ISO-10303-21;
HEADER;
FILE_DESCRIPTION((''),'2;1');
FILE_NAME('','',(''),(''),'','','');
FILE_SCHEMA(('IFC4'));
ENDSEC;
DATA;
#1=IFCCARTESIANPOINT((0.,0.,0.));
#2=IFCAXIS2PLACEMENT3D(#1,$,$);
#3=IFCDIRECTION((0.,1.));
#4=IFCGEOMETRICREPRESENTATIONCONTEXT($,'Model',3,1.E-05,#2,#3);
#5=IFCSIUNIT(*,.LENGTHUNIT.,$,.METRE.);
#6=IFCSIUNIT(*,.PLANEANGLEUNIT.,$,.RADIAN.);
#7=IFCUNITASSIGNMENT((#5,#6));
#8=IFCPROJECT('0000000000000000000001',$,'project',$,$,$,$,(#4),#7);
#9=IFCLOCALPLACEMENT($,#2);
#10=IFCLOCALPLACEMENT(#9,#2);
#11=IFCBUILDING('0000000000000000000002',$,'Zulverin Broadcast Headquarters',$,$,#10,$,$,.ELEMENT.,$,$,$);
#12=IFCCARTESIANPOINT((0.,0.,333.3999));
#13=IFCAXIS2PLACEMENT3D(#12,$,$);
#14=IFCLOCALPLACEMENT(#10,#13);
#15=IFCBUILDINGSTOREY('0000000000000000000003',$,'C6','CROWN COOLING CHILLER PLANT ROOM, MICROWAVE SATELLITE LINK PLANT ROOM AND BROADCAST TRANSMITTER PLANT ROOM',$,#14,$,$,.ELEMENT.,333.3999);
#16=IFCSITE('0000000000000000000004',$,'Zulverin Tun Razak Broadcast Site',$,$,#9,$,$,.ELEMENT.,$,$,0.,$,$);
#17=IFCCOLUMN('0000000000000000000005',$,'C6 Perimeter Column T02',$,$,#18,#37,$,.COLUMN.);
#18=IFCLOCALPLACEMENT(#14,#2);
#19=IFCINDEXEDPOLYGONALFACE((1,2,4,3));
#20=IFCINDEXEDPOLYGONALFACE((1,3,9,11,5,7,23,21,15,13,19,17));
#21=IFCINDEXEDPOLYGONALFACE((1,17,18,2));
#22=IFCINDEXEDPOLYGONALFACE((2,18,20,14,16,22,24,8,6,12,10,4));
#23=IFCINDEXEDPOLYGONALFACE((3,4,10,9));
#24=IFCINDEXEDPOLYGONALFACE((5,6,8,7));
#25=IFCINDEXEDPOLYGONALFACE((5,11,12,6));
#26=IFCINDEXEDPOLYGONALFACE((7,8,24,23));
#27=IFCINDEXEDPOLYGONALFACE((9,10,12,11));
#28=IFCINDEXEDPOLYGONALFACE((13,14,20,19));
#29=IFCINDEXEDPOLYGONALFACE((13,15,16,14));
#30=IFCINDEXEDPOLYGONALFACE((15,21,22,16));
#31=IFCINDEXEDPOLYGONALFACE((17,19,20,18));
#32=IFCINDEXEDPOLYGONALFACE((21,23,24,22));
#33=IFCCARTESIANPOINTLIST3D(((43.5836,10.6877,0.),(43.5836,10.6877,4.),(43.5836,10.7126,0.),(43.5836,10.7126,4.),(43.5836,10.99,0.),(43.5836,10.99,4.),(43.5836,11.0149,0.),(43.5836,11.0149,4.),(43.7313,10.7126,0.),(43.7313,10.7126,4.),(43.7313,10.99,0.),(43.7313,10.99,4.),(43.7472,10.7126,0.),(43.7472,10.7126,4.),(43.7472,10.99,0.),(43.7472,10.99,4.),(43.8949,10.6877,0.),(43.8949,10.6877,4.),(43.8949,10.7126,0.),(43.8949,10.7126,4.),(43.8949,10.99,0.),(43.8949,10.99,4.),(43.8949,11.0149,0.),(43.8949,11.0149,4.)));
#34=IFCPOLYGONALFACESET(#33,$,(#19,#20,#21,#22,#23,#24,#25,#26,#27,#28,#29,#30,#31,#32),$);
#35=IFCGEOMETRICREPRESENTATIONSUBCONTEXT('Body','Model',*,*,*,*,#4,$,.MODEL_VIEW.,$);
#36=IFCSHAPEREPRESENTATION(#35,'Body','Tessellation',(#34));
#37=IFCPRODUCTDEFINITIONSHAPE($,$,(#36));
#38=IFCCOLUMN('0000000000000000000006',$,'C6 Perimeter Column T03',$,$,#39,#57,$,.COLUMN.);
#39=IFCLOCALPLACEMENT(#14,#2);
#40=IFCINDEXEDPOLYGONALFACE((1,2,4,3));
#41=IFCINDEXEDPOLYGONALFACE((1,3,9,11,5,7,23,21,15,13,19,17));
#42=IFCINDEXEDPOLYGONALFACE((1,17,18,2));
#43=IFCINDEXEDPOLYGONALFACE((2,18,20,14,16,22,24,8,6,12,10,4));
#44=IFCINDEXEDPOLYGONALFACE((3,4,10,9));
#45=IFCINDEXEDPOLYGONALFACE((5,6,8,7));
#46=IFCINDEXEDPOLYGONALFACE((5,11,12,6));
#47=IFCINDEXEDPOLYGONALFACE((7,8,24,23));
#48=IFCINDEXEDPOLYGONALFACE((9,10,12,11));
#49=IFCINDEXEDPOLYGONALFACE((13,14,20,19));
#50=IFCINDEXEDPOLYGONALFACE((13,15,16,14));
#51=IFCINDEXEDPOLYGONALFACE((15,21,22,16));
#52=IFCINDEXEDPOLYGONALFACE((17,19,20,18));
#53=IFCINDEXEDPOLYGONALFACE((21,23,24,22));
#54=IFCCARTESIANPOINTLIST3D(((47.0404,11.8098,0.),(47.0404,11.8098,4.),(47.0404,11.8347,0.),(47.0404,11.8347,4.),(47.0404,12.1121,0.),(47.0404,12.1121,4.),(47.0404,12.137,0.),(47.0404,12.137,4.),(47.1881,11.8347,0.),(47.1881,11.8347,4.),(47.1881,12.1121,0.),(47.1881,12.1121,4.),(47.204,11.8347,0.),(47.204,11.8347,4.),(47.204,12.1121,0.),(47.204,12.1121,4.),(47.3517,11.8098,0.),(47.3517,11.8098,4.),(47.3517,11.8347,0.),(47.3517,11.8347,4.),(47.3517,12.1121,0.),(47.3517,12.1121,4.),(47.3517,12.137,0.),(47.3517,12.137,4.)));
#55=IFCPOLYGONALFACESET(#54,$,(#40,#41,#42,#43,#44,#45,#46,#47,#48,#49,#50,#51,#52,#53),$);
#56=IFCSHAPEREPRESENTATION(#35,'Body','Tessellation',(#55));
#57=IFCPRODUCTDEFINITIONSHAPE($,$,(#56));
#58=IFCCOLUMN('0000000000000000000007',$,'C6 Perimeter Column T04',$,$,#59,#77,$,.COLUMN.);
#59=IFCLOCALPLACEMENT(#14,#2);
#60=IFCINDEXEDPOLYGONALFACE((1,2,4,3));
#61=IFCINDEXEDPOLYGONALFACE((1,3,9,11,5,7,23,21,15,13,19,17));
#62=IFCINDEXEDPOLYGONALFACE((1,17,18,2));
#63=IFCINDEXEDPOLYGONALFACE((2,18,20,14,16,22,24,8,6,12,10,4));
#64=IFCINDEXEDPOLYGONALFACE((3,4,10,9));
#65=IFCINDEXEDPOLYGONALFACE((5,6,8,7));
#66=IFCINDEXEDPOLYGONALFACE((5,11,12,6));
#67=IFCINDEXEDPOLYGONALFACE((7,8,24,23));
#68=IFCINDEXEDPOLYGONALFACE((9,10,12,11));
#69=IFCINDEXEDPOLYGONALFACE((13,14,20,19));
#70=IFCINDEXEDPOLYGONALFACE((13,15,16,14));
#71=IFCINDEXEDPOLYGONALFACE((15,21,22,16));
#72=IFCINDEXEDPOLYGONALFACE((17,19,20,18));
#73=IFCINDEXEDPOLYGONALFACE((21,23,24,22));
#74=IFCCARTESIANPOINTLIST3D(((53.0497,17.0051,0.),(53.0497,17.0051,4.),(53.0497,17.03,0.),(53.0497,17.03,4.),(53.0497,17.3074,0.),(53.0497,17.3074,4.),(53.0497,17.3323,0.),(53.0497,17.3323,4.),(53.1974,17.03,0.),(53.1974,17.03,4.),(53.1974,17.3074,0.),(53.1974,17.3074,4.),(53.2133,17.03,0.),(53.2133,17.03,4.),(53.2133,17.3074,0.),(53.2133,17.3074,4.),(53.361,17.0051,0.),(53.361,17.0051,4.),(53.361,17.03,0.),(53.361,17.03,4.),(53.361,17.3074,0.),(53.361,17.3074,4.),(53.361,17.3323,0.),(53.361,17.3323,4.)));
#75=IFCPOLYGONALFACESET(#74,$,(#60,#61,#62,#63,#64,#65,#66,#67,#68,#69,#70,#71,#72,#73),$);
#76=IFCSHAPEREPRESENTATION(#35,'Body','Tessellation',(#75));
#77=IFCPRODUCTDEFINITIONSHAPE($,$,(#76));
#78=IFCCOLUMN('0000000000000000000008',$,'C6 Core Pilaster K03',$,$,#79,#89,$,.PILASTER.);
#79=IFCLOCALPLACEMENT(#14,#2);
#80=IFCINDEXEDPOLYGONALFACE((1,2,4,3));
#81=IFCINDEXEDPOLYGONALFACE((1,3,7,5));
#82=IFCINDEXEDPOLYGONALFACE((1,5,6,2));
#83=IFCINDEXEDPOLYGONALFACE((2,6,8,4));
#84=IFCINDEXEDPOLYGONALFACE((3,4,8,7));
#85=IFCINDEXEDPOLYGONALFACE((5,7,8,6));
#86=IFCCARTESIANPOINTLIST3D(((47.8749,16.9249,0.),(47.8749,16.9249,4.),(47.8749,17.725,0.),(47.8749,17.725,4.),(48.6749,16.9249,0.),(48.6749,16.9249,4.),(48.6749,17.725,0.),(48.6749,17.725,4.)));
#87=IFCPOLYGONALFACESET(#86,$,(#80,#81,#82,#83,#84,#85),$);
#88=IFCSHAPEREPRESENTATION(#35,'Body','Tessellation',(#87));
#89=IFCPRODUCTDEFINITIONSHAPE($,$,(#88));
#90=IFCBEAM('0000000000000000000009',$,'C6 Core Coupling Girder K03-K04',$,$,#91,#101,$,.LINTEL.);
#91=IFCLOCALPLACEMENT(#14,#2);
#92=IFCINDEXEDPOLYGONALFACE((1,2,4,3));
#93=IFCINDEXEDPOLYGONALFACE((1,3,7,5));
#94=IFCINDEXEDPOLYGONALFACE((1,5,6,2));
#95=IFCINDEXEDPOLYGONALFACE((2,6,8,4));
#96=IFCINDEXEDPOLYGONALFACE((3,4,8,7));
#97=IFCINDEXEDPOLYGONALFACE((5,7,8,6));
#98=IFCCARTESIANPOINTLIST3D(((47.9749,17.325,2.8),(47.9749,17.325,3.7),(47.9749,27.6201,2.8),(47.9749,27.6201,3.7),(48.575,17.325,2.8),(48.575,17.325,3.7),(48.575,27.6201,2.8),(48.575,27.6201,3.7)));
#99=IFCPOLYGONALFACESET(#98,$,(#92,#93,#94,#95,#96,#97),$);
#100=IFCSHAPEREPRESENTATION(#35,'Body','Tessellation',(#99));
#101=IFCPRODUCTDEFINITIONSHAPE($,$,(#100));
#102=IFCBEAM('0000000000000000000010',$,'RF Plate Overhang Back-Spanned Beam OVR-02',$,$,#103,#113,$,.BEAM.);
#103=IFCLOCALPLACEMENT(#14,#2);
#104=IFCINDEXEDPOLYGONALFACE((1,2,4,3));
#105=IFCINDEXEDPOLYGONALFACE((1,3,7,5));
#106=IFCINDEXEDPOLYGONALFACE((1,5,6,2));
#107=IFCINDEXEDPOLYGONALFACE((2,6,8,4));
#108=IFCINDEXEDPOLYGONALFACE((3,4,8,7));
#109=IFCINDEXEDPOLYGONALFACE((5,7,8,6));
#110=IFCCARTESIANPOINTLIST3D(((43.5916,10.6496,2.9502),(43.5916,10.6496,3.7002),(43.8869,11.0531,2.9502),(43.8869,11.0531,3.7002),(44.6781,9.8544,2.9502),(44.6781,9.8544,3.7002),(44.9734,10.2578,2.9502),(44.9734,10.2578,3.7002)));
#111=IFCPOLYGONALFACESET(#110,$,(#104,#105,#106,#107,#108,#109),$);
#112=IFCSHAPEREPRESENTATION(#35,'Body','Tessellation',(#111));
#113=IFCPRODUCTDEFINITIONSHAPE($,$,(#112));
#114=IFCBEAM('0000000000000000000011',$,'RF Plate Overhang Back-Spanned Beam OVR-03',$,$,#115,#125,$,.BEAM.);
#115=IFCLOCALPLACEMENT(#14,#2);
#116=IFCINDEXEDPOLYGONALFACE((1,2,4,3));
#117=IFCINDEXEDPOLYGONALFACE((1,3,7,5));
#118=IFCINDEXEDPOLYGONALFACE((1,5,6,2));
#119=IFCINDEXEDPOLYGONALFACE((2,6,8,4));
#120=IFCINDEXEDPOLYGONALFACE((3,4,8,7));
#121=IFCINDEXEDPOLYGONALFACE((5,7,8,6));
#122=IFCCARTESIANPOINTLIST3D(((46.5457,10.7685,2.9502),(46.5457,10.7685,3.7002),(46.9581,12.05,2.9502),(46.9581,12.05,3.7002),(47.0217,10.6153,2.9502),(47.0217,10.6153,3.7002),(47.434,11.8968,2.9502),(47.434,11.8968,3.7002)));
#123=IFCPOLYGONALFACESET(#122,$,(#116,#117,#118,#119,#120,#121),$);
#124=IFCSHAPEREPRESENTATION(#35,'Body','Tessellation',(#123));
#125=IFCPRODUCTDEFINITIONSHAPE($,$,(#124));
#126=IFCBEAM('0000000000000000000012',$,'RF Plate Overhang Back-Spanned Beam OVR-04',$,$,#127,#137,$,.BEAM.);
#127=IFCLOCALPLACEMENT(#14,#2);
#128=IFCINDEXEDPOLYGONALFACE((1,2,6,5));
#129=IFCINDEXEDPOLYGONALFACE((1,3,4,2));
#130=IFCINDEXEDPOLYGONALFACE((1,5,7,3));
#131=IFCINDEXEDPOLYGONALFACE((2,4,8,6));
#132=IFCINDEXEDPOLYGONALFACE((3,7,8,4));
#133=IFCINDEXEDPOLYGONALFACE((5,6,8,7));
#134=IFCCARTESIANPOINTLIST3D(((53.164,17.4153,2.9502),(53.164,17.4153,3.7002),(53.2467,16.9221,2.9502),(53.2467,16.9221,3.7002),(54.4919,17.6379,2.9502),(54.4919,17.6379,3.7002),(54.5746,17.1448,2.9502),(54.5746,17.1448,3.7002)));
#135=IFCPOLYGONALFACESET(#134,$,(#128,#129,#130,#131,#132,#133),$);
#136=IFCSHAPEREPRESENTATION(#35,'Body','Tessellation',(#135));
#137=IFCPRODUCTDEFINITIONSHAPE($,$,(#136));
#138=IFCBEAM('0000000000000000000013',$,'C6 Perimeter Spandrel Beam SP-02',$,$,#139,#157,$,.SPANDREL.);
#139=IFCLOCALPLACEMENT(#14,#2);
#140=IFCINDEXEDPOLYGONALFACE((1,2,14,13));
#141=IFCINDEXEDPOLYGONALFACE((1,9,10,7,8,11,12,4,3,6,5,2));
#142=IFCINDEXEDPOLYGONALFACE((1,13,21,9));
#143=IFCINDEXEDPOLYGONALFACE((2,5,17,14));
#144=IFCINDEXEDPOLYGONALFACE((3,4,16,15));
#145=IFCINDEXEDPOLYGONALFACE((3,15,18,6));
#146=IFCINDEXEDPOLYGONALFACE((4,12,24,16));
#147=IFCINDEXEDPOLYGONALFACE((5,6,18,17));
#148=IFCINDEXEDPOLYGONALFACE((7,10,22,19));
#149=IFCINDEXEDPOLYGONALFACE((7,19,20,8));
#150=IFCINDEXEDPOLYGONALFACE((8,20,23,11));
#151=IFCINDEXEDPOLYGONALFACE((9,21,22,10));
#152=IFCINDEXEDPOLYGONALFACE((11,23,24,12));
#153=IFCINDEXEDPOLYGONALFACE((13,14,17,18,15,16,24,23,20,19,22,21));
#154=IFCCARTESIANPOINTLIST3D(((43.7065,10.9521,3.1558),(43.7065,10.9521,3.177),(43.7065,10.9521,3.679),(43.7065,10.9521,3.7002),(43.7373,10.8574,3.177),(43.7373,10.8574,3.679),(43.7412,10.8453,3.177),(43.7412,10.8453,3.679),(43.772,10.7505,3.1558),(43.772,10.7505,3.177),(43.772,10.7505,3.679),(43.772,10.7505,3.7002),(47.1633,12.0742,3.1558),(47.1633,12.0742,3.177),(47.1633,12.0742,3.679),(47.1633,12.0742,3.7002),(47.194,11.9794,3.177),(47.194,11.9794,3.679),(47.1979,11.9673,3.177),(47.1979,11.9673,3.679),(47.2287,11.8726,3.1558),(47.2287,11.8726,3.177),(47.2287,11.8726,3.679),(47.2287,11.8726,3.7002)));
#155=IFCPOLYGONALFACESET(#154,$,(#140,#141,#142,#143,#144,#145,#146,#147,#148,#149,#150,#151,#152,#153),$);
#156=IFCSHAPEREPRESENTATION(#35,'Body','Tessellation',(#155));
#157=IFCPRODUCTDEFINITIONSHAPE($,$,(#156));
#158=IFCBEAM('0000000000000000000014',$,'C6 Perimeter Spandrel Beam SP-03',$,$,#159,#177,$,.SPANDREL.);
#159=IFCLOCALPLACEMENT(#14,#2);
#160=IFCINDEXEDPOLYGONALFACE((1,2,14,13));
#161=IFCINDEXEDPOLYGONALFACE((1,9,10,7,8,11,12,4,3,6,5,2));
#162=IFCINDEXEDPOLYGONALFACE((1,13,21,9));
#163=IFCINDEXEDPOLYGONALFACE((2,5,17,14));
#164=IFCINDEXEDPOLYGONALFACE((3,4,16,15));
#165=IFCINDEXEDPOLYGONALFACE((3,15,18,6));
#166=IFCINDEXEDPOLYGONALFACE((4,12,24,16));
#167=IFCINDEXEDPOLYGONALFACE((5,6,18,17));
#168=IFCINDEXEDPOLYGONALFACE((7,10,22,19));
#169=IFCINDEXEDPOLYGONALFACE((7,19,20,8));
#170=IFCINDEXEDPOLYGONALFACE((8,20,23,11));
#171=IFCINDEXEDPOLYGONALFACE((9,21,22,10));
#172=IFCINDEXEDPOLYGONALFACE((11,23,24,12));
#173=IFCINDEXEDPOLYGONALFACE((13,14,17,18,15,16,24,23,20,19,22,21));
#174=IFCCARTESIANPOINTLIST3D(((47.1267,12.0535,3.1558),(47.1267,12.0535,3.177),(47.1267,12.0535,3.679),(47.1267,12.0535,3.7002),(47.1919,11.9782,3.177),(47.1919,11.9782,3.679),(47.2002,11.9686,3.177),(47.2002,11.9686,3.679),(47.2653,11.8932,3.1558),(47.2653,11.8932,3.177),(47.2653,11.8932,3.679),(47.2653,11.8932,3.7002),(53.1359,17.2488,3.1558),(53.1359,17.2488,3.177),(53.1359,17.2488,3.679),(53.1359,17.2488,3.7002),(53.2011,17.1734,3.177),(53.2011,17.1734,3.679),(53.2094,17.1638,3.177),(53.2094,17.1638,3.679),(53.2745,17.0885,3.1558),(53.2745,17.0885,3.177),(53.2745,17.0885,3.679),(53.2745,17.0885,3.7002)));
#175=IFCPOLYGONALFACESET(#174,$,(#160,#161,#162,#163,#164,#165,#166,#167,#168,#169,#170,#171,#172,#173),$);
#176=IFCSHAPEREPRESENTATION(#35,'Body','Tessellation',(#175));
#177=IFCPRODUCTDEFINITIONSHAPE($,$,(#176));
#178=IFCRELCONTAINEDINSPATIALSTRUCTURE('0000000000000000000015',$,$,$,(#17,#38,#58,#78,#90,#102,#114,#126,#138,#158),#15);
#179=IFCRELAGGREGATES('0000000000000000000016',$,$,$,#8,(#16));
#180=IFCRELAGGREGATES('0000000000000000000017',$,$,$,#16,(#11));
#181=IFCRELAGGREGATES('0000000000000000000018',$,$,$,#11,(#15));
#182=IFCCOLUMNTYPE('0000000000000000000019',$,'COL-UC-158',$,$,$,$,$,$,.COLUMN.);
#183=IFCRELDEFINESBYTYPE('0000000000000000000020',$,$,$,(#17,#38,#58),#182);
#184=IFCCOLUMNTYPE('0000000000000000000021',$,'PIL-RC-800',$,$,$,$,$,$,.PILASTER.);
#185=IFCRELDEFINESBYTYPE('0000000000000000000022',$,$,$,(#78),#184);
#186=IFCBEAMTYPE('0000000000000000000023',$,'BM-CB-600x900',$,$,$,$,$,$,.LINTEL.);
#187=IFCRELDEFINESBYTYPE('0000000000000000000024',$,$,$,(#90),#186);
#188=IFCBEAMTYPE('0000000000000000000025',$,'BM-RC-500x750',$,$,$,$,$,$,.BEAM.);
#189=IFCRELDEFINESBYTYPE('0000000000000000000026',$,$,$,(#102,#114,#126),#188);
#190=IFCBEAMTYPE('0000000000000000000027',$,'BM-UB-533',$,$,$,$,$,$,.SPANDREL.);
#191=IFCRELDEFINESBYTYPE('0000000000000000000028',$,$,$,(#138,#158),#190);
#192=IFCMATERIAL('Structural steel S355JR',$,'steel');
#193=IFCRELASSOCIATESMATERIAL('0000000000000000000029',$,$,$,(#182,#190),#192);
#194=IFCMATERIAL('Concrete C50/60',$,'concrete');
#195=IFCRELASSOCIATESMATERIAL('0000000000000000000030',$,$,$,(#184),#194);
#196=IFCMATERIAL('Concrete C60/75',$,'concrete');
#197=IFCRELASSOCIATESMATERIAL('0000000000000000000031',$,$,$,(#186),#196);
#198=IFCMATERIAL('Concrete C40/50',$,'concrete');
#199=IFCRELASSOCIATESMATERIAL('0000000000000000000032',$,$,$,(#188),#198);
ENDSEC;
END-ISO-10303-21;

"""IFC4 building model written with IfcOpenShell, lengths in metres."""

from ifc_helpers import new_model, si_unit, direction, frame, origin, origin_2d, place, context, subcontext, project, spatial, rectangle, i_section, extrude, material, material_profile, profile_set, type_object, element, save


model = new_model("IFC4")

# Units and contexts
model_context = context("Model", 3, precision=1e-05, world=origin(), true_north=direction((0.0, 1.0)))
body_context = subcontext(model_context, "Body", "Model", "MODEL_VIEW")
ifc_project = project(units=[si_unit("LENGTHUNIT", "METRE"), si_unit("PLANEANGLEUNIT", "RADIAN")], contexts=[model_context])

# Site, building, storey
site_placement = place(None, origin())
site = spatial("IfcSite", under=ifc_project, at=site_placement, Name="Zulverin Tun Razak Broadcast Site", CompositionType="ELEMENT", RefElevation=0.0)
building_placement = place(site_placement, origin())
building = spatial("IfcBuilding", under=site, at=building_placement, Name="Zulverin Broadcast Headquarters", CompositionType="ELEMENT")
storey_placement = place(building_placement, frame((0.0, 0.0, 333.3999)))
storey = spatial("IfcBuildingStorey", under=building, at=storey_placement, Name="C6", Description="CROWN COOLING CHILLER PLANT ROOM, MICROWAVE SATELLITE LINK PLANT ROOM AND BROADCAST TRANSMITTER PLANT ROOM", CompositionType="ELEMENT", Elevation=333.3999)

# Columns
ifc_material_1 = material(Name="Structural steel S355JR", Category="steel")
ifc_material_profile_1 = material_profile(ifc_material_1, i_section(OverallWidth=0.3113, OverallDepth=0.3271, WebThickness=0.0159, FlangeThickness=0.0249, at=origin_2d()), Name="Structural steel S355JR", Category="steel")
ifc_profile_set_1 = profile_set([ifc_material_profile_1], Name="Structural steel S355JR")
column_type_1 = type_object("IfcColumnType", Name="COL-UC-158", PredefinedType="COLUMN", material=ifc_profile_set_1)
for number, where, z_axis, x_axis, name in (
    (1, (43.7393, 10.8513, 0.0), (0.0, 0.0, 1.0), (1.0, 0.0, 0.0), "C6 Perimeter Column T02"),
    (2, (47.196, 11.9734, 0.0), (0.0, 0.0, 1.0), (1.0, 0.0, 0.0), "C6 Perimeter Column T03"),
    (3, (53.2053, 17.1687, 0.0), (0.0, 0.0, 1.0), (1.0, 0.0, 0.0), "C6 Perimeter Column T04"),
):
    element("IfcColumn", number, at=place(storey_placement, frame(where, z_axis=z_axis, x_axis=x_axis)), inside=storey, type_object=column_type_1, Name=name, PredefinedType="COLUMN", context=body_context, shape_type="SweptSolid", body=[
        extrude(i_section(OverallWidth=0.3113, OverallDepth=0.3271, WebThickness=0.0159, FlangeThickness=0.0249, at=origin_2d()), origin(), (0.0, 0.0, 1.0), 4.0),
    ])
ifc_material_2 = material(Name="Concrete C50/60", Category="concrete")
ifc_material_profile_2 = material_profile(ifc_material_2, rectangle(XDim=0.8, YDim=0.8, at=origin_2d()), Name="Concrete C50/60", Category="concrete")
ifc_profile_set_2 = profile_set([ifc_material_profile_2], Name="Concrete C50/60")
column_type_2 = type_object("IfcColumnType", Name="PIL-RC-800", PredefinedType="PILASTER", material=ifc_profile_set_2)
column_placement = place(storey_placement, frame((48.2749, 17.325, 0.0), z_axis=(0.0, 0.0, 1.0), x_axis=(1.0, 0.0, 0.0)))
element("IfcColumn", 4, at=column_placement, inside=storey, type_object=column_type_2, Name="C6 Core Pilaster K03", PredefinedType="PILASTER", context=body_context, shape_type="SweptSolid", body=[
    extrude(rectangle(XDim=0.8, YDim=0.8, at=origin_2d()), origin(), (0.0, 0.0, 1.0), 4.0),
])

# Beams
ifc_material_3 = material(Name="Concrete C60/75", Category="concrete")
ifc_material_profile_3 = material_profile(ifc_material_3, rectangle(XDim=0.6001, YDim=0.8999, at=origin_2d()), Name="Concrete C60/75", Category="concrete")
ifc_profile_set_3 = profile_set([ifc_material_profile_3], Name="Concrete C60/75")
beam_type_1 = type_object("IfcBeamType", Name="BM-CB-600x900", PredefinedType="LINTEL", material=ifc_profile_set_3)
beam_1_placement = place(storey_placement, frame((48.2749, 17.325, 3.25), z_axis=(0.0, 1.0, 0.0), x_axis=(-1.0, 0.0, 0.0)))
element("IfcBeam", 5, at=beam_1_placement, inside=storey, type_object=beam_type_1, Name="C6 Core Coupling Girder K03-K04", PredefinedType="LINTEL", context=body_context, shape_type="SweptSolid", body=[
    extrude(rectangle(XDim=0.6001, YDim=0.8999, at=origin_2d()), origin(), (0.0, 0.0, 1.0), 10.2952),
])
ifc_material_4 = material(Name="Concrete C40/50", Category="concrete")
ifc_material_profile_4 = material_profile(ifc_material_4, rectangle(XDim=0.5, YDim=0.75, at=origin_2d()), Name="Concrete C40/50", Category="concrete")
ifc_profile_set_4 = profile_set([ifc_material_profile_4], Name="Concrete C40/50")
beam_type_2 = type_object("IfcBeamType", Name="BM-RC-500x750", PredefinedType="BEAM", material=ifc_profile_set_4)
beam_2_placement = place(storey_placement, frame((43.7393, 10.8513, 3.3252), z_axis=(0.806952, -0.590617, 0.0), x_axis=(0.590617, 0.806952, 0.0)))
element("IfcBeam", 6, at=beam_2_placement, inside=storey, type_object=beam_type_2, Name="RF Plate Overhang Back-Spanned Beam OVR-02", PredefinedType="BEAM", context=body_context, shape_type="SweptSolid", body=[
    extrude(rectangle(XDim=0.5, YDim=0.75, at=origin_2d()), origin(), (0.0, 0.0, 1.0), 1.3464),
])
beam_3_placement = place(storey_placement, frame((47.196, 11.9734, 3.3252), z_axis=(-0.306309, -0.951932, 0.0), x_axis=(0.951932, -0.306309, 0.0)))
element("IfcBeam", 7, at=beam_3_placement, inside=storey, type_object=beam_type_2, Name="RF Plate Overhang Back-Spanned Beam OVR-03", PredefinedType="BEAM", context=body_context, shape_type="SweptSolid", body=[
    extrude(rectangle(XDim=0.5, YDim=0.75, at=origin_2d()), origin(), (0.0, 0.0, 1.0), 1.3462),
])
beam_4_placement = place(storey_placement, frame((53.2053, 17.1687, 3.3252), z_axis=(0.986232, 0.165369, 0.0), x_axis=(-0.165369, 0.986232, 0.0)))
element("IfcBeam", 8, at=beam_4_placement, inside=storey, type_object=beam_type_2, Name="RF Plate Overhang Back-Spanned Beam OVR-04", PredefinedType="BEAM", context=body_context, shape_type="SweptSolid", body=[
    extrude(rectangle(XDim=0.5, YDim=0.75, at=origin_2d()), origin(), (0.0, 0.0, 1.0), 1.3464),
])
ifc_material_profile_5 = material_profile(ifc_material_1, i_section(OverallWidth=0.2119, OverallDepth=0.5444, WebThickness=0.0127, FlangeThickness=0.0212, at=origin_2d()), Name="Structural steel S355JR", Category="steel")
ifc_profile_set_5 = profile_set([ifc_material_profile_5], Name="Structural steel S355JR")
beam_type_3 = type_object("IfcBeamType", Name="BM-UB-533", PredefinedType="SPANDREL", material=ifc_profile_set_5)
beam_5_placement = place(storey_placement, frame((43.7393, 10.8513, 3.428), z_axis=(0.951146, 0.308741, 0.0), x_axis=(-0.308741, 0.951146, 0.0)))
element("IfcBeam", 9, at=beam_5_placement, inside=storey, type_object=beam_type_3, Name="C6 Perimeter Spandrel Beam SP-02", PredefinedType="SPANDREL", context=body_context, shape_type="SweptSolid", body=[
    extrude(i_section(OverallWidth=0.2119, OverallDepth=0.5444, WebThickness=0.0127, FlangeThickness=0.0212, at=origin_2d()), origin(), (0.0, 0.0, 1.0), 3.6343),
])
beam_6_placement = place(storey_placement, frame((47.196, 11.9734, 3.428), z_axis=(0.756482, 0.654015, 0.0), x_axis=(-0.654015, 0.756482, 0.0)))
element("IfcBeam", 10, at=beam_6_placement, inside=storey, type_object=beam_type_3, Name="C6 Perimeter Spandrel Beam SP-03", PredefinedType="SPANDREL", context=body_context, shape_type="SweptSolid", body=[
    extrude(i_section(OverallWidth=0.2119, OverallDepth=0.5444, WebThickness=0.0127, FlangeThickness=0.0212, at=origin_2d()), origin(), (0.0, 0.0, 1.0), 7.9436),
])

save(model, "model.ifc")
